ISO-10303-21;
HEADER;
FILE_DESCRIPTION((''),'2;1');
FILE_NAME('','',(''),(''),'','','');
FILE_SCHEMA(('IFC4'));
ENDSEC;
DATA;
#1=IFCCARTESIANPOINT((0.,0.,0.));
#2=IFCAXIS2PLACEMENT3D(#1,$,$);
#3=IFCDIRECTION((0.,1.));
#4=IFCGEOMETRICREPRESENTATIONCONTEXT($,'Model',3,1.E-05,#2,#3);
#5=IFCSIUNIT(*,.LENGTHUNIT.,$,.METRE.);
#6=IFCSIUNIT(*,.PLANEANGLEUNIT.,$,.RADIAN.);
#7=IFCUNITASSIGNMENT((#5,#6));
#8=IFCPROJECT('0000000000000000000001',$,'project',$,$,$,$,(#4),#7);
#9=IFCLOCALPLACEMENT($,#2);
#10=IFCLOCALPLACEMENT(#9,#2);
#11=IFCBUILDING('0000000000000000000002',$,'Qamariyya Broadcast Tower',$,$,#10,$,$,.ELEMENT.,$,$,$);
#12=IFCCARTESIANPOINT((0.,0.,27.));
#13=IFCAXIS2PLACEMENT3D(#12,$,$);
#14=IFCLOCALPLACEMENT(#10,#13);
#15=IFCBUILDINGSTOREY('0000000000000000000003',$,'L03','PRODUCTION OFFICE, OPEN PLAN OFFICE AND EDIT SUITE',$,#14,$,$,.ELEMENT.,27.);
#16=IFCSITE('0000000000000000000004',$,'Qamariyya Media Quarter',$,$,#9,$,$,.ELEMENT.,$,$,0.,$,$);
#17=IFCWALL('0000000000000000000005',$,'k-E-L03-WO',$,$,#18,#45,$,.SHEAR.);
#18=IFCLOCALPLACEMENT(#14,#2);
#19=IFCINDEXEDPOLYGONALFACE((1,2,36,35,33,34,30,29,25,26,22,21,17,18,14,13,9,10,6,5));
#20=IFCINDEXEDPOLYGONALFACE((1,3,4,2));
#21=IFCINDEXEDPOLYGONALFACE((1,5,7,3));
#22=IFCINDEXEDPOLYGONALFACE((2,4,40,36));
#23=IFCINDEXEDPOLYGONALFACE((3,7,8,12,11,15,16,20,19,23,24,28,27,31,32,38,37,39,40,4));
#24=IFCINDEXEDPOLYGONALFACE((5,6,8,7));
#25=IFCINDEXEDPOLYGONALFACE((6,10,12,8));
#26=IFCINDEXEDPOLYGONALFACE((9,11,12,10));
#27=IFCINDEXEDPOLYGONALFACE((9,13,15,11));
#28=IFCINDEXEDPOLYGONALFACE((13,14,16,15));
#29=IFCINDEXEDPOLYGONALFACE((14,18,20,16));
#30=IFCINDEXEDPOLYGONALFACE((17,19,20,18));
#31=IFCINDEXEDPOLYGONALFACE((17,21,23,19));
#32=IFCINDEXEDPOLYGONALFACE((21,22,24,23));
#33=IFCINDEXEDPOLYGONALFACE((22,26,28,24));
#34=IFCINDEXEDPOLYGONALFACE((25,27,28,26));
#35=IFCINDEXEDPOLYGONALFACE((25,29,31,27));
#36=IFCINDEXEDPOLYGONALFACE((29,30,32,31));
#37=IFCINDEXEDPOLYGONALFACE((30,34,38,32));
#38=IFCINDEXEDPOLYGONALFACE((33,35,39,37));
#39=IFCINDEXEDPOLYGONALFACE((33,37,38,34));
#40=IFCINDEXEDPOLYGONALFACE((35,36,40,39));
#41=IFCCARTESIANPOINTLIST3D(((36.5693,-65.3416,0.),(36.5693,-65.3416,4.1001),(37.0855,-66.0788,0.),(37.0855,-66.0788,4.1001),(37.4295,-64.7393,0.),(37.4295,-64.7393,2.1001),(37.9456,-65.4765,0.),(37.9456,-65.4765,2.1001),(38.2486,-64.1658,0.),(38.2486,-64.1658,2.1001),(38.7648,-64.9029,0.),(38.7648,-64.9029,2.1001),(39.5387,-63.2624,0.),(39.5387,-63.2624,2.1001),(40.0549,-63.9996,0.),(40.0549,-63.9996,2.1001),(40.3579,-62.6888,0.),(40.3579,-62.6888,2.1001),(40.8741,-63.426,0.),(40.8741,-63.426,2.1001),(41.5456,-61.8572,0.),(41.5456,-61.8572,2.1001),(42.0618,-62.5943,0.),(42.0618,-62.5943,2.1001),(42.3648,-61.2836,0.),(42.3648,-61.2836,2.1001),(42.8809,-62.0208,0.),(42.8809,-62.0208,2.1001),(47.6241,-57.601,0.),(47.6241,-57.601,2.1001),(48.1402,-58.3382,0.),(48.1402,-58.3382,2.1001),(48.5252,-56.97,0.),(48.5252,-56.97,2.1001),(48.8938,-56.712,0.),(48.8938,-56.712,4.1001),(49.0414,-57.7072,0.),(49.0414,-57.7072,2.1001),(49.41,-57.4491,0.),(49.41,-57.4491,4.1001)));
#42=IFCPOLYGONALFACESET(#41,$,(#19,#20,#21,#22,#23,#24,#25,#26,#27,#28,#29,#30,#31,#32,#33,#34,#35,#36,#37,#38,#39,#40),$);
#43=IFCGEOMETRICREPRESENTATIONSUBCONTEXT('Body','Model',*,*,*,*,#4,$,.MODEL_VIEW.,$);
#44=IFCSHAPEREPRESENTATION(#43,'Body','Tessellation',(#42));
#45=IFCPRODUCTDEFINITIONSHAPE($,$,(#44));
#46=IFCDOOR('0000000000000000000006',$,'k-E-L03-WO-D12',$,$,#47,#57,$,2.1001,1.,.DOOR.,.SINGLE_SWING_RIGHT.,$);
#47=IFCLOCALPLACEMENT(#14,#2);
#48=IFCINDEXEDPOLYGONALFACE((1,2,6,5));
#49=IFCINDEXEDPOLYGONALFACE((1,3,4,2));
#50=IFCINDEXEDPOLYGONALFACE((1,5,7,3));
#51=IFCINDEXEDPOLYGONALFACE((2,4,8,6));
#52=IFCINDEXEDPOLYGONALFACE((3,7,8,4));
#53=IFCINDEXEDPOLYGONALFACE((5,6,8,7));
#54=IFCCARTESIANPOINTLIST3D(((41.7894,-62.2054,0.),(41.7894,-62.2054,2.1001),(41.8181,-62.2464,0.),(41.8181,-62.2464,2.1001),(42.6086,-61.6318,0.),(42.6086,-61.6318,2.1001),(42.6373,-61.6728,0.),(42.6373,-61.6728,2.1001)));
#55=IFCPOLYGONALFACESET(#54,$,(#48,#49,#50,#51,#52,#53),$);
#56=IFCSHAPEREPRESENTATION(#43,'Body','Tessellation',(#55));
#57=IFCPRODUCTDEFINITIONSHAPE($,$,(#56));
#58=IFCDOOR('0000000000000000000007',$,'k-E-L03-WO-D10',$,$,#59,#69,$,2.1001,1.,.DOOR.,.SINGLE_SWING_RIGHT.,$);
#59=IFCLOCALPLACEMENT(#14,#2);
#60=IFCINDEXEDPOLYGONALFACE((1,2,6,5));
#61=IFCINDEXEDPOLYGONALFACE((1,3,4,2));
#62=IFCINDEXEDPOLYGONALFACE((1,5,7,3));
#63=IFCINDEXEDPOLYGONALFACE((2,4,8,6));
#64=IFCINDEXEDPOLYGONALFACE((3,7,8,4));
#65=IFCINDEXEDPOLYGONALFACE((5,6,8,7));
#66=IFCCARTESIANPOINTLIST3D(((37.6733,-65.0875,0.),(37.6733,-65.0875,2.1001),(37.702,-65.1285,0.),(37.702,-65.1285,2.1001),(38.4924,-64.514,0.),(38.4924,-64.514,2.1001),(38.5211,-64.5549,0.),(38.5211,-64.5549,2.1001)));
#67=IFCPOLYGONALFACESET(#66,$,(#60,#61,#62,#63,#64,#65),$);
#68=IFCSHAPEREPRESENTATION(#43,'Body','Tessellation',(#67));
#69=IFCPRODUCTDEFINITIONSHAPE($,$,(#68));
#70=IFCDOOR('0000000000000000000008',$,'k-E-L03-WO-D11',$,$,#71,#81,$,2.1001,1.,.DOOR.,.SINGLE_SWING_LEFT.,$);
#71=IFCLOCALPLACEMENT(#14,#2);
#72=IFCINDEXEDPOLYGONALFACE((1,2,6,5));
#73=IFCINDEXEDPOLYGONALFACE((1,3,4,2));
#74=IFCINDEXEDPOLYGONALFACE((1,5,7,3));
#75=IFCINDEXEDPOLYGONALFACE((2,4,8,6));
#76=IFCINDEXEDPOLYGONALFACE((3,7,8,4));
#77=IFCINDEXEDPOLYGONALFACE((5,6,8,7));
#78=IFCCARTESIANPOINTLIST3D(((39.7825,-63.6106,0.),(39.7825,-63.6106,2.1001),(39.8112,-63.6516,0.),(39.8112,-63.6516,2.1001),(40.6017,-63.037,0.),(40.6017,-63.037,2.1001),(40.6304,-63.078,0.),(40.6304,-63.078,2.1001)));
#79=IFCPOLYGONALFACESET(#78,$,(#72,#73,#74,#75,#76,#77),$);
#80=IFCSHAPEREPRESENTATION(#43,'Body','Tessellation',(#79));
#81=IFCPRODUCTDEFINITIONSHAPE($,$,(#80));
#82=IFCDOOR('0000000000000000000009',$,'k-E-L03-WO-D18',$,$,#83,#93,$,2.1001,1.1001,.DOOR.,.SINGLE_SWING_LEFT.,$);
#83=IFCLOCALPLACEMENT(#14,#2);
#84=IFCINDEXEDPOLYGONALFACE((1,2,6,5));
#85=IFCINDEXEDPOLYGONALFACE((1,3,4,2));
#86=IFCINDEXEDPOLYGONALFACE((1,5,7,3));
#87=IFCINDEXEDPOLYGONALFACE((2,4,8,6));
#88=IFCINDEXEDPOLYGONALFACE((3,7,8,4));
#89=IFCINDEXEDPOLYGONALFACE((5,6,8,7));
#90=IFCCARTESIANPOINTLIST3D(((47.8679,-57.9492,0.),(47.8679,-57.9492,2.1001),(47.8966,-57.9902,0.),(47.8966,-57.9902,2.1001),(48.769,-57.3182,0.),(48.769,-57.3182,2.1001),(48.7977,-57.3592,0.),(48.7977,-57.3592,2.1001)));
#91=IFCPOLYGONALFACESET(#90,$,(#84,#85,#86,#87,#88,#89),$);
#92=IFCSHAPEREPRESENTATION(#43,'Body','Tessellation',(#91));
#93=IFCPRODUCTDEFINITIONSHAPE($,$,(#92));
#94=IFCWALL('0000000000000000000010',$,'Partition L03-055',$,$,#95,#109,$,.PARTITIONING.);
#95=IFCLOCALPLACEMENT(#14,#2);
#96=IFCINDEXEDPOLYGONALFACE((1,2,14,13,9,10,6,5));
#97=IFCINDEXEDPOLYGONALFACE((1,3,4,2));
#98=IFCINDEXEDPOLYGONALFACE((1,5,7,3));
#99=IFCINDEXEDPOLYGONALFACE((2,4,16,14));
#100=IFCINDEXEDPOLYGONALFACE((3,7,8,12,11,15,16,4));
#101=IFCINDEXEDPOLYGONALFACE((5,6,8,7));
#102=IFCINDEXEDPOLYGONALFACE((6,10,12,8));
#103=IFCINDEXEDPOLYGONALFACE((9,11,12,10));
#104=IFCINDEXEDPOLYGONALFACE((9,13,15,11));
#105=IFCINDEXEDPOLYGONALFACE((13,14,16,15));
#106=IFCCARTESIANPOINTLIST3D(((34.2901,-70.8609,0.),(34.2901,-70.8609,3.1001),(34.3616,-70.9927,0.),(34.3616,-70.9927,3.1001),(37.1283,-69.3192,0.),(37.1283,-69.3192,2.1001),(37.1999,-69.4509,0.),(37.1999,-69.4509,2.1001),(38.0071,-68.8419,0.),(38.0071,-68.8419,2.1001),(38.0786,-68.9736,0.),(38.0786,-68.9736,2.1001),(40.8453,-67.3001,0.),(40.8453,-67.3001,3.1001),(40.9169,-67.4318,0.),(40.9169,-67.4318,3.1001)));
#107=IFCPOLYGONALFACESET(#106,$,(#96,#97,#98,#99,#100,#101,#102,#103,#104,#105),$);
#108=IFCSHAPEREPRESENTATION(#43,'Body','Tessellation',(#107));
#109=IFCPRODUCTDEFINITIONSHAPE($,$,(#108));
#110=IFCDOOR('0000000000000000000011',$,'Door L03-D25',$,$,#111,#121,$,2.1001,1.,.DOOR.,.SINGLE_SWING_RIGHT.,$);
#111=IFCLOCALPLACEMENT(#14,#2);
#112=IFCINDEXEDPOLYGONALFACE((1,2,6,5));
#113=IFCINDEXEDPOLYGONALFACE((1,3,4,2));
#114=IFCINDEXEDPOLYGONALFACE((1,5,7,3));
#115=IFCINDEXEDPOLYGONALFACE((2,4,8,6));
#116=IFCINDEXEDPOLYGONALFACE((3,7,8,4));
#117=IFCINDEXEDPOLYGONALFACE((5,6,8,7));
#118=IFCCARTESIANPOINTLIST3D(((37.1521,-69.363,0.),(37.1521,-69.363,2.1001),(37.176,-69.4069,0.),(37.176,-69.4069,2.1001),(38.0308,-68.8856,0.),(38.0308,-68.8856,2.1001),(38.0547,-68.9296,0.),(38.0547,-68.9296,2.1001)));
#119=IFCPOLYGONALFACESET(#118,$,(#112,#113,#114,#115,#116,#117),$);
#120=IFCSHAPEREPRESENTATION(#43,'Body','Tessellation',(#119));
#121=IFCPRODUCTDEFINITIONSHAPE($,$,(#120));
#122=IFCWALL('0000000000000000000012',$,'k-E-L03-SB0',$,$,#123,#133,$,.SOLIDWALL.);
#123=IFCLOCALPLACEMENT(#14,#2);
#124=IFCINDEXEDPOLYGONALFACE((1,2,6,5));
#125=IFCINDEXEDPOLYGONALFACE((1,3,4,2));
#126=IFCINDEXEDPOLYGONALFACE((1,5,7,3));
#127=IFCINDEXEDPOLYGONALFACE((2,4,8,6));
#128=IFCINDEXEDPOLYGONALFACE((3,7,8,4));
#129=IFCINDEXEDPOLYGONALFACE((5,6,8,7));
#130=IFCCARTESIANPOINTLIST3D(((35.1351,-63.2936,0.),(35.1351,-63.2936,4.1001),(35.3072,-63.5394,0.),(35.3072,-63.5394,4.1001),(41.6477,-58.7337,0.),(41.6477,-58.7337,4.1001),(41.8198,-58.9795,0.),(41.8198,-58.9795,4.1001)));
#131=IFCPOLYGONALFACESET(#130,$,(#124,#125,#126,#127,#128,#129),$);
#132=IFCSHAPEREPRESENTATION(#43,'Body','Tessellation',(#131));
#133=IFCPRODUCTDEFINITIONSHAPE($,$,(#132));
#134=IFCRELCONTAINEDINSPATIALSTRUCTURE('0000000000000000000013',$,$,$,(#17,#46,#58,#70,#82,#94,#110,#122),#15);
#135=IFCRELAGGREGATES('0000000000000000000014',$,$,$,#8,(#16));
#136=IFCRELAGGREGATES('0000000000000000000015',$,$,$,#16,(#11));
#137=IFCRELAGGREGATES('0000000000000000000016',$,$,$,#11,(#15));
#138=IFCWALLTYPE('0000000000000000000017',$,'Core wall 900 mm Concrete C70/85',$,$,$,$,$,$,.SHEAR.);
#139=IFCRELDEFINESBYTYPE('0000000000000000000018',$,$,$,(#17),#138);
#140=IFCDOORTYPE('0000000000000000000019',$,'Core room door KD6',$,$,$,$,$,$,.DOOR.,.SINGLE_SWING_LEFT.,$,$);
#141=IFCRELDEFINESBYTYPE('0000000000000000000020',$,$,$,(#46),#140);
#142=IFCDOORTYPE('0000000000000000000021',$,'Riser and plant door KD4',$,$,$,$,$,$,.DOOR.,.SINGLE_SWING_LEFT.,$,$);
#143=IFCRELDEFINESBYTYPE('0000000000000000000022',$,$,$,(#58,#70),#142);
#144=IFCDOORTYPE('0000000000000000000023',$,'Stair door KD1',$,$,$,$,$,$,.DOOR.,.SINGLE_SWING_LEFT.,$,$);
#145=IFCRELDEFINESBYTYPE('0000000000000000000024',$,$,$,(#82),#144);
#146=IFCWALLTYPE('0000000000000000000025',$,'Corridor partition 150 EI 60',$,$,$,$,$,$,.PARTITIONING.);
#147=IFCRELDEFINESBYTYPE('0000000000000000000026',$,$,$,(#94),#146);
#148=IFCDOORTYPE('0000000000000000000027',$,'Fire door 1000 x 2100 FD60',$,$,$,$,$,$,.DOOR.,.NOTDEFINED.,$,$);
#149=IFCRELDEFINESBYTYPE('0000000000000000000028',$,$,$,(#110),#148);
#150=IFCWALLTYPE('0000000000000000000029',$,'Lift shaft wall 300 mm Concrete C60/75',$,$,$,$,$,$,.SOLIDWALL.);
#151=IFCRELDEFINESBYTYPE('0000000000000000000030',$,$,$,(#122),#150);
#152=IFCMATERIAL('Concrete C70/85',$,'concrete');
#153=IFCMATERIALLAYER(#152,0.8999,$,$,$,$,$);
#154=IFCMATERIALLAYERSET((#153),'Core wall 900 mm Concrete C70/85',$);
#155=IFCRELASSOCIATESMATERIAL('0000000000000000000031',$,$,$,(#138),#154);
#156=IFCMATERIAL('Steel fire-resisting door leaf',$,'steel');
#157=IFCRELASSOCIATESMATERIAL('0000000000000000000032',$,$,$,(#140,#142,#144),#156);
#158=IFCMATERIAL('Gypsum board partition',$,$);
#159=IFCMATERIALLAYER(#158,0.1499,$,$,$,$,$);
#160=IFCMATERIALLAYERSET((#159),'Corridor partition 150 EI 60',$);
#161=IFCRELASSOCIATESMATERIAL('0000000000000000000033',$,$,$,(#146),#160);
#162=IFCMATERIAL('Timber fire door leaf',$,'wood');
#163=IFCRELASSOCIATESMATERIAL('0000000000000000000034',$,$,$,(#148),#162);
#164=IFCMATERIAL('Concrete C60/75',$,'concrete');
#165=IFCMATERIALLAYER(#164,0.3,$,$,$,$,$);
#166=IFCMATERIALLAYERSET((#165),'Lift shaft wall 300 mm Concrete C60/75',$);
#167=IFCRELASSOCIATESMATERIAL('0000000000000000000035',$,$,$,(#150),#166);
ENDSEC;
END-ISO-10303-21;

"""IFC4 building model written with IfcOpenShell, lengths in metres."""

from ifc_helpers import new_model, si_unit, direction, frame, frame_2d, origin, place, context, subcontext, project, spatial, rectangle, extrude, material, layer, layer_set, type_object, element, fill, save


model = new_model("IFC4")

# Units and contexts
model_context = context("Model", 3, precision=1e-05, world=origin(), true_north=direction((0.0, 1.0)))
body_context = subcontext(model_context, "Body", "Model", "MODEL_VIEW")
ifc_project = project(units=[si_unit("LENGTHUNIT", "METRE"), si_unit("PLANEANGLEUNIT", "RADIAN")], contexts=[model_context])

# Site, building, storey
site_placement = place(None, origin())
site = spatial("IfcSite", under=ifc_project, at=site_placement, Name="Qamariyya Media Quarter", CompositionType="ELEMENT", RefElevation=0.0)
building_placement = place(site_placement, origin())
building = spatial("IfcBuilding", under=site, at=building_placement, Name="Qamariyya Broadcast Tower", CompositionType="ELEMENT")
storey_placement = place(building_placement, frame((0.0, 0.0, 27.0)))
storey = spatial("IfcBuildingStorey", under=building, at=storey_placement, Name="L03", Description="PRODUCTION OFFICE, OPEN PLAN OFFICE AND EDIT SUITE", CompositionType="ELEMENT", Elevation=27.0)

# Shared definitions
ifc_material_1 = material(Name="Concrete C70/85", Category="concrete")

# Shared definitions
ifc_layer_1 = layer(ifc_material_1, 0.8999)
ifc_layer_set_1 = layer_set([ifc_layer_1], Name="Core wall 900 mm Concrete C70/85")
wall_type_1 = type_object("IfcWallType", Name="Core wall 900 mm Concrete C70/85", PredefinedType="SHEAR", material=ifc_layer_set_1)
ifc_material_2 = material(Name="Steel fire-resisting door leaf", Category="steel")

# Wall, openings, doors
wall_1_placement = place(storey_placement, frame((36.8274, -65.7102, 0.0), z_axis=(0.0, 0.0, 1.0), x_axis=(0.819153, 0.573575, 0.0)))
wall_1 = element("IfcWall", 1, at=wall_1_placement, inside=storey, type_object=wall_type_1, Name="k-E-L03-WO", PredefinedType="SHEAR", context=body_context, shape_type="SweptSolid", body=[
    extrude(rectangle(XDim=15.0454, YDim=0.8999, at=frame_2d((7.5227, 0.0))), origin(), (0.0, 0.0, 1.0), 4.1001),
])
opening_1_placement = place(wall_1_placement, frame((1.05, 0.0, 0.0)))
opening_1 = element("IfcOpeningElement", 2, at=opening_1_placement, cuts=wall_1, PredefinedType="OPENING", context=body_context, shape_type="SweptSolid", body=[
    extrude(rectangle(XDim=1.0, YDim=2.1001, at=frame_2d((0.5, 1.05))), frame((0.0, 0.46, 0.0), z_axis=(0.0, -1.0, 0.0), x_axis=(1.0, 0.0, 0.0)), (0.0, 0.0, 1.0), 0.9199),
])
opening_2_placement = place(wall_1_placement, frame((3.625, 0.0, 0.0)))
opening_2 = element("IfcOpeningElement", 3, at=opening_2_placement, cuts=wall_1, PredefinedType="OPENING", context=body_context, shape_type="SweptSolid", body=[
    extrude(rectangle(XDim=1.0, YDim=2.1001, at=frame_2d((0.5, 1.05))), frame((0.0, 0.46, 0.0), z_axis=(0.0, -1.0, 0.0), x_axis=(1.0, 0.0, 0.0)), (0.0, 0.0, 1.0), 0.9199),
])
opening_3_placement = place(wall_1_placement, frame((6.075, 0.0, 0.0)))
opening_3 = element("IfcOpeningElement", 4, at=opening_3_placement, cuts=wall_1, PredefinedType="OPENING", context=body_context, shape_type="SweptSolid", body=[
    extrude(rectangle(XDim=1.0, YDim=2.1001, at=frame_2d((0.5, 1.05))), frame((0.0, 0.46, 0.0), z_axis=(0.0, -1.0, 0.0), x_axis=(1.0, 0.0, 0.0)), (0.0, 0.0, 1.0), 0.9199),
])
opening_4_placement = place(wall_1_placement, frame((13.4954, 0.0, 0.0)))
opening_4 = element("IfcOpeningElement", 5, at=opening_4_placement, cuts=wall_1, PredefinedType="OPENING", context=body_context, shape_type="SweptSolid", body=[
    extrude(rectangle(XDim=1.1001, YDim=2.1001, at=frame_2d((0.55, 1.05))), frame((0.0, 0.46, 0.0), z_axis=(0.0, -1.0, 0.0), x_axis=(1.0, 0.0, 0.0)), (0.0, 0.0, 1.0), 0.9199),
])
door_type_1 = type_object("IfcDoorType", Name="Core room door KD6", OperationType="SINGLE_SWING_LEFT", PredefinedType="DOOR", material=ifc_material_2)
door_1_placement = place(opening_3_placement, origin())
door_1 = element("IfcDoor", 6, at=door_1_placement, inside=storey, type_object=door_type_1, Name="k-E-L03-WO-D12", OperationType="SINGLE_SWING_RIGHT", OverallHeight=2.1001, OverallWidth=1.0, PredefinedType="DOOR", context=body_context, shape_type="SweptSolid", body=[
    extrude(rectangle(XDim=1.0, YDim=2.1001, at=frame_2d((0.5, 1.05))), frame((0.0, 0.0249, 0.0), z_axis=(0.0, -1.0, 0.0), x_axis=(1.0, 0.0, 0.0)), (0.0, 0.0, 1.0), 0.05),
])
fill(opening_3, door_1)
door_type_2 = type_object("IfcDoorType", Name="Riser and plant door KD4", OperationType="SINGLE_SWING_LEFT", PredefinedType="DOOR", material=ifc_material_2)
door_2_placement = place(opening_1_placement, origin())
door_2 = element("IfcDoor", 7, at=door_2_placement, inside=storey, type_object=door_type_2, Name="k-E-L03-WO-D10", OperationType="SINGLE_SWING_RIGHT", OverallHeight=2.1001, OverallWidth=1.0, PredefinedType="DOOR", context=body_context, shape_type="SweptSolid", body=[
    extrude(rectangle(XDim=1.0, YDim=2.1001, at=frame_2d((0.5, 1.05))), frame((0.0, 0.0249, 0.0), z_axis=(0.0, -1.0, 0.0), x_axis=(1.0, 0.0, 0.0)), (0.0, 0.0, 1.0), 0.05),
])
fill(opening_1, door_2)
door_3_placement = place(opening_2_placement, origin())
door_3 = element("IfcDoor", 8, at=door_3_placement, inside=storey, type_object=door_type_2, Name="k-E-L03-WO-D11", OperationType="SINGLE_SWING_LEFT", OverallHeight=2.1001, OverallWidth=1.0, PredefinedType="DOOR", context=body_context, shape_type="SweptSolid", body=[
    extrude(rectangle(XDim=1.0, YDim=2.1001, at=frame_2d((0.5, 1.05))), frame((0.0, 0.0249, 0.0), z_axis=(0.0, -1.0, 0.0), x_axis=(1.0, 0.0, 0.0)), (0.0, 0.0, 1.0), 0.05),
])
fill(opening_2, door_3)
door_type_3 = type_object("IfcDoorType", Name="Stair door KD1", OperationType="SINGLE_SWING_LEFT", PredefinedType="DOOR", material=ifc_material_2)
door_4_placement = place(opening_4_placement, origin())
door_4 = element("IfcDoor", 9, at=door_4_placement, inside=storey, type_object=door_type_3, Name="k-E-L03-WO-D18", OperationType="SINGLE_SWING_LEFT", OverallHeight=2.1001, OverallWidth=1.1001, PredefinedType="DOOR", context=body_context, shape_type="SweptSolid", body=[
    extrude(rectangle(XDim=1.1001, YDim=2.1001, at=frame_2d((0.55, 1.05))), frame((0.0, 0.0249, 0.0), z_axis=(0.0, -1.0, 0.0), x_axis=(1.0, 0.0, 0.0)), (0.0, 0.0, 1.0), 0.05),
])
fill(opening_4, door_4)

# Wall, opening, door
ifc_material_3 = material(Name="Gypsum board partition")
ifc_layer_2 = layer(ifc_material_3, 0.1499)
ifc_layer_set_2 = layer_set([ifc_layer_2], Name="Corridor partition 150 EI 60")
wall_type_2 = type_object("IfcWallType", Name="Corridor partition 150 EI 60", PredefinedType="PARTITIONING", material=ifc_layer_set_2)
wall_2_placement = place(storey_placement, frame((40.8811, -67.366, 0.0), z_axis=(0.0, 0.0, 1.0), x_axis=(-0.878726, -0.477327, 0.0)))
wall_2 = element("IfcWall", 10, at=wall_2_placement, inside=storey, type_object=wall_type_2, Name="Partition L03-055", PredefinedType="PARTITIONING", context=body_context, shape_type="SweptSolid", body=[
    extrude(rectangle(XDim=7.46, YDim=0.1499, at=frame_2d((3.73, 0.0))), origin(), (0.0, 0.0, 1.0), 3.1001),
])
opening_5_placement = place(wall_2_placement, frame((3.23, 0.0, 0.0)))
opening_5 = element("IfcOpeningElement", 11, at=opening_5_placement, cuts=wall_2, PredefinedType="OPENING", context=body_context, shape_type="SweptSolid", body=[
    extrude(rectangle(XDim=1.0, YDim=2.1001, at=frame_2d((0.5, 1.05))), frame((0.0, 0.085, 0.0), z_axis=(0.0, -1.0, 0.0), x_axis=(1.0, 0.0, 0.0)), (0.0, 0.0, 1.0), 0.1699),
])
ifc_material_4 = material(Name="Timber fire door leaf", Category="wood")
door_type_4 = type_object("IfcDoorType", Name="Fire door 1000 x 2100 FD60", OperationType="NOTDEFINED", PredefinedType="DOOR", material=ifc_material_4)
door_5_placement = place(opening_5_placement, origin())
door_5 = element("IfcDoor", 12, at=door_5_placement, inside=storey, type_object=door_type_4, Name="Door L03-D25", OperationType="SINGLE_SWING_RIGHT", OverallHeight=2.1001, OverallWidth=1.0, PredefinedType="DOOR", context=body_context, shape_type="SweptSolid", body=[
    extrude(rectangle(XDim=1.0, YDim=2.1001, at=frame_2d((0.5, 1.05))), frame((0.0, 0.0249, 0.0), z_axis=(0.0, -1.0, 0.0), x_axis=(1.0, 0.0, 0.0)), (0.0, 0.0, 1.0), 0.05),
])
fill(opening_5, door_5)

# Wall
ifc_material_5 = material(Name="Concrete C60/75", Category="concrete")
ifc_layer_3 = layer(ifc_material_5, 0.3)
ifc_layer_set_3 = layer_set([ifc_layer_3], Name="Lift shaft wall 300 mm Concrete C60/75")
wall_type_3 = type_object("IfcWallType", Name="Lift shaft wall 300 mm Concrete C60/75", PredefinedType="SOLIDWALL", material=ifc_layer_set_3)
wall_3_placement = place(storey_placement, frame((35.2212, -63.4165, 0.0), z_axis=(0.0, 0.0, 1.0), x_axis=(0.819167, 0.573555, 0.0)))
element("IfcWall", 13, at=wall_3_placement, inside=storey, type_object=wall_type_3, Name="k-E-L03-SB0", PredefinedType="SOLIDWALL", context=body_context, shape_type="SweptSolid", body=[
    extrude(rectangle(XDim=7.9502, YDim=0.3, at=frame_2d((3.9751, 0.0))), origin(), (0.0, 0.0, 1.0), 4.1001),
])

save(model, "model.ifc")
